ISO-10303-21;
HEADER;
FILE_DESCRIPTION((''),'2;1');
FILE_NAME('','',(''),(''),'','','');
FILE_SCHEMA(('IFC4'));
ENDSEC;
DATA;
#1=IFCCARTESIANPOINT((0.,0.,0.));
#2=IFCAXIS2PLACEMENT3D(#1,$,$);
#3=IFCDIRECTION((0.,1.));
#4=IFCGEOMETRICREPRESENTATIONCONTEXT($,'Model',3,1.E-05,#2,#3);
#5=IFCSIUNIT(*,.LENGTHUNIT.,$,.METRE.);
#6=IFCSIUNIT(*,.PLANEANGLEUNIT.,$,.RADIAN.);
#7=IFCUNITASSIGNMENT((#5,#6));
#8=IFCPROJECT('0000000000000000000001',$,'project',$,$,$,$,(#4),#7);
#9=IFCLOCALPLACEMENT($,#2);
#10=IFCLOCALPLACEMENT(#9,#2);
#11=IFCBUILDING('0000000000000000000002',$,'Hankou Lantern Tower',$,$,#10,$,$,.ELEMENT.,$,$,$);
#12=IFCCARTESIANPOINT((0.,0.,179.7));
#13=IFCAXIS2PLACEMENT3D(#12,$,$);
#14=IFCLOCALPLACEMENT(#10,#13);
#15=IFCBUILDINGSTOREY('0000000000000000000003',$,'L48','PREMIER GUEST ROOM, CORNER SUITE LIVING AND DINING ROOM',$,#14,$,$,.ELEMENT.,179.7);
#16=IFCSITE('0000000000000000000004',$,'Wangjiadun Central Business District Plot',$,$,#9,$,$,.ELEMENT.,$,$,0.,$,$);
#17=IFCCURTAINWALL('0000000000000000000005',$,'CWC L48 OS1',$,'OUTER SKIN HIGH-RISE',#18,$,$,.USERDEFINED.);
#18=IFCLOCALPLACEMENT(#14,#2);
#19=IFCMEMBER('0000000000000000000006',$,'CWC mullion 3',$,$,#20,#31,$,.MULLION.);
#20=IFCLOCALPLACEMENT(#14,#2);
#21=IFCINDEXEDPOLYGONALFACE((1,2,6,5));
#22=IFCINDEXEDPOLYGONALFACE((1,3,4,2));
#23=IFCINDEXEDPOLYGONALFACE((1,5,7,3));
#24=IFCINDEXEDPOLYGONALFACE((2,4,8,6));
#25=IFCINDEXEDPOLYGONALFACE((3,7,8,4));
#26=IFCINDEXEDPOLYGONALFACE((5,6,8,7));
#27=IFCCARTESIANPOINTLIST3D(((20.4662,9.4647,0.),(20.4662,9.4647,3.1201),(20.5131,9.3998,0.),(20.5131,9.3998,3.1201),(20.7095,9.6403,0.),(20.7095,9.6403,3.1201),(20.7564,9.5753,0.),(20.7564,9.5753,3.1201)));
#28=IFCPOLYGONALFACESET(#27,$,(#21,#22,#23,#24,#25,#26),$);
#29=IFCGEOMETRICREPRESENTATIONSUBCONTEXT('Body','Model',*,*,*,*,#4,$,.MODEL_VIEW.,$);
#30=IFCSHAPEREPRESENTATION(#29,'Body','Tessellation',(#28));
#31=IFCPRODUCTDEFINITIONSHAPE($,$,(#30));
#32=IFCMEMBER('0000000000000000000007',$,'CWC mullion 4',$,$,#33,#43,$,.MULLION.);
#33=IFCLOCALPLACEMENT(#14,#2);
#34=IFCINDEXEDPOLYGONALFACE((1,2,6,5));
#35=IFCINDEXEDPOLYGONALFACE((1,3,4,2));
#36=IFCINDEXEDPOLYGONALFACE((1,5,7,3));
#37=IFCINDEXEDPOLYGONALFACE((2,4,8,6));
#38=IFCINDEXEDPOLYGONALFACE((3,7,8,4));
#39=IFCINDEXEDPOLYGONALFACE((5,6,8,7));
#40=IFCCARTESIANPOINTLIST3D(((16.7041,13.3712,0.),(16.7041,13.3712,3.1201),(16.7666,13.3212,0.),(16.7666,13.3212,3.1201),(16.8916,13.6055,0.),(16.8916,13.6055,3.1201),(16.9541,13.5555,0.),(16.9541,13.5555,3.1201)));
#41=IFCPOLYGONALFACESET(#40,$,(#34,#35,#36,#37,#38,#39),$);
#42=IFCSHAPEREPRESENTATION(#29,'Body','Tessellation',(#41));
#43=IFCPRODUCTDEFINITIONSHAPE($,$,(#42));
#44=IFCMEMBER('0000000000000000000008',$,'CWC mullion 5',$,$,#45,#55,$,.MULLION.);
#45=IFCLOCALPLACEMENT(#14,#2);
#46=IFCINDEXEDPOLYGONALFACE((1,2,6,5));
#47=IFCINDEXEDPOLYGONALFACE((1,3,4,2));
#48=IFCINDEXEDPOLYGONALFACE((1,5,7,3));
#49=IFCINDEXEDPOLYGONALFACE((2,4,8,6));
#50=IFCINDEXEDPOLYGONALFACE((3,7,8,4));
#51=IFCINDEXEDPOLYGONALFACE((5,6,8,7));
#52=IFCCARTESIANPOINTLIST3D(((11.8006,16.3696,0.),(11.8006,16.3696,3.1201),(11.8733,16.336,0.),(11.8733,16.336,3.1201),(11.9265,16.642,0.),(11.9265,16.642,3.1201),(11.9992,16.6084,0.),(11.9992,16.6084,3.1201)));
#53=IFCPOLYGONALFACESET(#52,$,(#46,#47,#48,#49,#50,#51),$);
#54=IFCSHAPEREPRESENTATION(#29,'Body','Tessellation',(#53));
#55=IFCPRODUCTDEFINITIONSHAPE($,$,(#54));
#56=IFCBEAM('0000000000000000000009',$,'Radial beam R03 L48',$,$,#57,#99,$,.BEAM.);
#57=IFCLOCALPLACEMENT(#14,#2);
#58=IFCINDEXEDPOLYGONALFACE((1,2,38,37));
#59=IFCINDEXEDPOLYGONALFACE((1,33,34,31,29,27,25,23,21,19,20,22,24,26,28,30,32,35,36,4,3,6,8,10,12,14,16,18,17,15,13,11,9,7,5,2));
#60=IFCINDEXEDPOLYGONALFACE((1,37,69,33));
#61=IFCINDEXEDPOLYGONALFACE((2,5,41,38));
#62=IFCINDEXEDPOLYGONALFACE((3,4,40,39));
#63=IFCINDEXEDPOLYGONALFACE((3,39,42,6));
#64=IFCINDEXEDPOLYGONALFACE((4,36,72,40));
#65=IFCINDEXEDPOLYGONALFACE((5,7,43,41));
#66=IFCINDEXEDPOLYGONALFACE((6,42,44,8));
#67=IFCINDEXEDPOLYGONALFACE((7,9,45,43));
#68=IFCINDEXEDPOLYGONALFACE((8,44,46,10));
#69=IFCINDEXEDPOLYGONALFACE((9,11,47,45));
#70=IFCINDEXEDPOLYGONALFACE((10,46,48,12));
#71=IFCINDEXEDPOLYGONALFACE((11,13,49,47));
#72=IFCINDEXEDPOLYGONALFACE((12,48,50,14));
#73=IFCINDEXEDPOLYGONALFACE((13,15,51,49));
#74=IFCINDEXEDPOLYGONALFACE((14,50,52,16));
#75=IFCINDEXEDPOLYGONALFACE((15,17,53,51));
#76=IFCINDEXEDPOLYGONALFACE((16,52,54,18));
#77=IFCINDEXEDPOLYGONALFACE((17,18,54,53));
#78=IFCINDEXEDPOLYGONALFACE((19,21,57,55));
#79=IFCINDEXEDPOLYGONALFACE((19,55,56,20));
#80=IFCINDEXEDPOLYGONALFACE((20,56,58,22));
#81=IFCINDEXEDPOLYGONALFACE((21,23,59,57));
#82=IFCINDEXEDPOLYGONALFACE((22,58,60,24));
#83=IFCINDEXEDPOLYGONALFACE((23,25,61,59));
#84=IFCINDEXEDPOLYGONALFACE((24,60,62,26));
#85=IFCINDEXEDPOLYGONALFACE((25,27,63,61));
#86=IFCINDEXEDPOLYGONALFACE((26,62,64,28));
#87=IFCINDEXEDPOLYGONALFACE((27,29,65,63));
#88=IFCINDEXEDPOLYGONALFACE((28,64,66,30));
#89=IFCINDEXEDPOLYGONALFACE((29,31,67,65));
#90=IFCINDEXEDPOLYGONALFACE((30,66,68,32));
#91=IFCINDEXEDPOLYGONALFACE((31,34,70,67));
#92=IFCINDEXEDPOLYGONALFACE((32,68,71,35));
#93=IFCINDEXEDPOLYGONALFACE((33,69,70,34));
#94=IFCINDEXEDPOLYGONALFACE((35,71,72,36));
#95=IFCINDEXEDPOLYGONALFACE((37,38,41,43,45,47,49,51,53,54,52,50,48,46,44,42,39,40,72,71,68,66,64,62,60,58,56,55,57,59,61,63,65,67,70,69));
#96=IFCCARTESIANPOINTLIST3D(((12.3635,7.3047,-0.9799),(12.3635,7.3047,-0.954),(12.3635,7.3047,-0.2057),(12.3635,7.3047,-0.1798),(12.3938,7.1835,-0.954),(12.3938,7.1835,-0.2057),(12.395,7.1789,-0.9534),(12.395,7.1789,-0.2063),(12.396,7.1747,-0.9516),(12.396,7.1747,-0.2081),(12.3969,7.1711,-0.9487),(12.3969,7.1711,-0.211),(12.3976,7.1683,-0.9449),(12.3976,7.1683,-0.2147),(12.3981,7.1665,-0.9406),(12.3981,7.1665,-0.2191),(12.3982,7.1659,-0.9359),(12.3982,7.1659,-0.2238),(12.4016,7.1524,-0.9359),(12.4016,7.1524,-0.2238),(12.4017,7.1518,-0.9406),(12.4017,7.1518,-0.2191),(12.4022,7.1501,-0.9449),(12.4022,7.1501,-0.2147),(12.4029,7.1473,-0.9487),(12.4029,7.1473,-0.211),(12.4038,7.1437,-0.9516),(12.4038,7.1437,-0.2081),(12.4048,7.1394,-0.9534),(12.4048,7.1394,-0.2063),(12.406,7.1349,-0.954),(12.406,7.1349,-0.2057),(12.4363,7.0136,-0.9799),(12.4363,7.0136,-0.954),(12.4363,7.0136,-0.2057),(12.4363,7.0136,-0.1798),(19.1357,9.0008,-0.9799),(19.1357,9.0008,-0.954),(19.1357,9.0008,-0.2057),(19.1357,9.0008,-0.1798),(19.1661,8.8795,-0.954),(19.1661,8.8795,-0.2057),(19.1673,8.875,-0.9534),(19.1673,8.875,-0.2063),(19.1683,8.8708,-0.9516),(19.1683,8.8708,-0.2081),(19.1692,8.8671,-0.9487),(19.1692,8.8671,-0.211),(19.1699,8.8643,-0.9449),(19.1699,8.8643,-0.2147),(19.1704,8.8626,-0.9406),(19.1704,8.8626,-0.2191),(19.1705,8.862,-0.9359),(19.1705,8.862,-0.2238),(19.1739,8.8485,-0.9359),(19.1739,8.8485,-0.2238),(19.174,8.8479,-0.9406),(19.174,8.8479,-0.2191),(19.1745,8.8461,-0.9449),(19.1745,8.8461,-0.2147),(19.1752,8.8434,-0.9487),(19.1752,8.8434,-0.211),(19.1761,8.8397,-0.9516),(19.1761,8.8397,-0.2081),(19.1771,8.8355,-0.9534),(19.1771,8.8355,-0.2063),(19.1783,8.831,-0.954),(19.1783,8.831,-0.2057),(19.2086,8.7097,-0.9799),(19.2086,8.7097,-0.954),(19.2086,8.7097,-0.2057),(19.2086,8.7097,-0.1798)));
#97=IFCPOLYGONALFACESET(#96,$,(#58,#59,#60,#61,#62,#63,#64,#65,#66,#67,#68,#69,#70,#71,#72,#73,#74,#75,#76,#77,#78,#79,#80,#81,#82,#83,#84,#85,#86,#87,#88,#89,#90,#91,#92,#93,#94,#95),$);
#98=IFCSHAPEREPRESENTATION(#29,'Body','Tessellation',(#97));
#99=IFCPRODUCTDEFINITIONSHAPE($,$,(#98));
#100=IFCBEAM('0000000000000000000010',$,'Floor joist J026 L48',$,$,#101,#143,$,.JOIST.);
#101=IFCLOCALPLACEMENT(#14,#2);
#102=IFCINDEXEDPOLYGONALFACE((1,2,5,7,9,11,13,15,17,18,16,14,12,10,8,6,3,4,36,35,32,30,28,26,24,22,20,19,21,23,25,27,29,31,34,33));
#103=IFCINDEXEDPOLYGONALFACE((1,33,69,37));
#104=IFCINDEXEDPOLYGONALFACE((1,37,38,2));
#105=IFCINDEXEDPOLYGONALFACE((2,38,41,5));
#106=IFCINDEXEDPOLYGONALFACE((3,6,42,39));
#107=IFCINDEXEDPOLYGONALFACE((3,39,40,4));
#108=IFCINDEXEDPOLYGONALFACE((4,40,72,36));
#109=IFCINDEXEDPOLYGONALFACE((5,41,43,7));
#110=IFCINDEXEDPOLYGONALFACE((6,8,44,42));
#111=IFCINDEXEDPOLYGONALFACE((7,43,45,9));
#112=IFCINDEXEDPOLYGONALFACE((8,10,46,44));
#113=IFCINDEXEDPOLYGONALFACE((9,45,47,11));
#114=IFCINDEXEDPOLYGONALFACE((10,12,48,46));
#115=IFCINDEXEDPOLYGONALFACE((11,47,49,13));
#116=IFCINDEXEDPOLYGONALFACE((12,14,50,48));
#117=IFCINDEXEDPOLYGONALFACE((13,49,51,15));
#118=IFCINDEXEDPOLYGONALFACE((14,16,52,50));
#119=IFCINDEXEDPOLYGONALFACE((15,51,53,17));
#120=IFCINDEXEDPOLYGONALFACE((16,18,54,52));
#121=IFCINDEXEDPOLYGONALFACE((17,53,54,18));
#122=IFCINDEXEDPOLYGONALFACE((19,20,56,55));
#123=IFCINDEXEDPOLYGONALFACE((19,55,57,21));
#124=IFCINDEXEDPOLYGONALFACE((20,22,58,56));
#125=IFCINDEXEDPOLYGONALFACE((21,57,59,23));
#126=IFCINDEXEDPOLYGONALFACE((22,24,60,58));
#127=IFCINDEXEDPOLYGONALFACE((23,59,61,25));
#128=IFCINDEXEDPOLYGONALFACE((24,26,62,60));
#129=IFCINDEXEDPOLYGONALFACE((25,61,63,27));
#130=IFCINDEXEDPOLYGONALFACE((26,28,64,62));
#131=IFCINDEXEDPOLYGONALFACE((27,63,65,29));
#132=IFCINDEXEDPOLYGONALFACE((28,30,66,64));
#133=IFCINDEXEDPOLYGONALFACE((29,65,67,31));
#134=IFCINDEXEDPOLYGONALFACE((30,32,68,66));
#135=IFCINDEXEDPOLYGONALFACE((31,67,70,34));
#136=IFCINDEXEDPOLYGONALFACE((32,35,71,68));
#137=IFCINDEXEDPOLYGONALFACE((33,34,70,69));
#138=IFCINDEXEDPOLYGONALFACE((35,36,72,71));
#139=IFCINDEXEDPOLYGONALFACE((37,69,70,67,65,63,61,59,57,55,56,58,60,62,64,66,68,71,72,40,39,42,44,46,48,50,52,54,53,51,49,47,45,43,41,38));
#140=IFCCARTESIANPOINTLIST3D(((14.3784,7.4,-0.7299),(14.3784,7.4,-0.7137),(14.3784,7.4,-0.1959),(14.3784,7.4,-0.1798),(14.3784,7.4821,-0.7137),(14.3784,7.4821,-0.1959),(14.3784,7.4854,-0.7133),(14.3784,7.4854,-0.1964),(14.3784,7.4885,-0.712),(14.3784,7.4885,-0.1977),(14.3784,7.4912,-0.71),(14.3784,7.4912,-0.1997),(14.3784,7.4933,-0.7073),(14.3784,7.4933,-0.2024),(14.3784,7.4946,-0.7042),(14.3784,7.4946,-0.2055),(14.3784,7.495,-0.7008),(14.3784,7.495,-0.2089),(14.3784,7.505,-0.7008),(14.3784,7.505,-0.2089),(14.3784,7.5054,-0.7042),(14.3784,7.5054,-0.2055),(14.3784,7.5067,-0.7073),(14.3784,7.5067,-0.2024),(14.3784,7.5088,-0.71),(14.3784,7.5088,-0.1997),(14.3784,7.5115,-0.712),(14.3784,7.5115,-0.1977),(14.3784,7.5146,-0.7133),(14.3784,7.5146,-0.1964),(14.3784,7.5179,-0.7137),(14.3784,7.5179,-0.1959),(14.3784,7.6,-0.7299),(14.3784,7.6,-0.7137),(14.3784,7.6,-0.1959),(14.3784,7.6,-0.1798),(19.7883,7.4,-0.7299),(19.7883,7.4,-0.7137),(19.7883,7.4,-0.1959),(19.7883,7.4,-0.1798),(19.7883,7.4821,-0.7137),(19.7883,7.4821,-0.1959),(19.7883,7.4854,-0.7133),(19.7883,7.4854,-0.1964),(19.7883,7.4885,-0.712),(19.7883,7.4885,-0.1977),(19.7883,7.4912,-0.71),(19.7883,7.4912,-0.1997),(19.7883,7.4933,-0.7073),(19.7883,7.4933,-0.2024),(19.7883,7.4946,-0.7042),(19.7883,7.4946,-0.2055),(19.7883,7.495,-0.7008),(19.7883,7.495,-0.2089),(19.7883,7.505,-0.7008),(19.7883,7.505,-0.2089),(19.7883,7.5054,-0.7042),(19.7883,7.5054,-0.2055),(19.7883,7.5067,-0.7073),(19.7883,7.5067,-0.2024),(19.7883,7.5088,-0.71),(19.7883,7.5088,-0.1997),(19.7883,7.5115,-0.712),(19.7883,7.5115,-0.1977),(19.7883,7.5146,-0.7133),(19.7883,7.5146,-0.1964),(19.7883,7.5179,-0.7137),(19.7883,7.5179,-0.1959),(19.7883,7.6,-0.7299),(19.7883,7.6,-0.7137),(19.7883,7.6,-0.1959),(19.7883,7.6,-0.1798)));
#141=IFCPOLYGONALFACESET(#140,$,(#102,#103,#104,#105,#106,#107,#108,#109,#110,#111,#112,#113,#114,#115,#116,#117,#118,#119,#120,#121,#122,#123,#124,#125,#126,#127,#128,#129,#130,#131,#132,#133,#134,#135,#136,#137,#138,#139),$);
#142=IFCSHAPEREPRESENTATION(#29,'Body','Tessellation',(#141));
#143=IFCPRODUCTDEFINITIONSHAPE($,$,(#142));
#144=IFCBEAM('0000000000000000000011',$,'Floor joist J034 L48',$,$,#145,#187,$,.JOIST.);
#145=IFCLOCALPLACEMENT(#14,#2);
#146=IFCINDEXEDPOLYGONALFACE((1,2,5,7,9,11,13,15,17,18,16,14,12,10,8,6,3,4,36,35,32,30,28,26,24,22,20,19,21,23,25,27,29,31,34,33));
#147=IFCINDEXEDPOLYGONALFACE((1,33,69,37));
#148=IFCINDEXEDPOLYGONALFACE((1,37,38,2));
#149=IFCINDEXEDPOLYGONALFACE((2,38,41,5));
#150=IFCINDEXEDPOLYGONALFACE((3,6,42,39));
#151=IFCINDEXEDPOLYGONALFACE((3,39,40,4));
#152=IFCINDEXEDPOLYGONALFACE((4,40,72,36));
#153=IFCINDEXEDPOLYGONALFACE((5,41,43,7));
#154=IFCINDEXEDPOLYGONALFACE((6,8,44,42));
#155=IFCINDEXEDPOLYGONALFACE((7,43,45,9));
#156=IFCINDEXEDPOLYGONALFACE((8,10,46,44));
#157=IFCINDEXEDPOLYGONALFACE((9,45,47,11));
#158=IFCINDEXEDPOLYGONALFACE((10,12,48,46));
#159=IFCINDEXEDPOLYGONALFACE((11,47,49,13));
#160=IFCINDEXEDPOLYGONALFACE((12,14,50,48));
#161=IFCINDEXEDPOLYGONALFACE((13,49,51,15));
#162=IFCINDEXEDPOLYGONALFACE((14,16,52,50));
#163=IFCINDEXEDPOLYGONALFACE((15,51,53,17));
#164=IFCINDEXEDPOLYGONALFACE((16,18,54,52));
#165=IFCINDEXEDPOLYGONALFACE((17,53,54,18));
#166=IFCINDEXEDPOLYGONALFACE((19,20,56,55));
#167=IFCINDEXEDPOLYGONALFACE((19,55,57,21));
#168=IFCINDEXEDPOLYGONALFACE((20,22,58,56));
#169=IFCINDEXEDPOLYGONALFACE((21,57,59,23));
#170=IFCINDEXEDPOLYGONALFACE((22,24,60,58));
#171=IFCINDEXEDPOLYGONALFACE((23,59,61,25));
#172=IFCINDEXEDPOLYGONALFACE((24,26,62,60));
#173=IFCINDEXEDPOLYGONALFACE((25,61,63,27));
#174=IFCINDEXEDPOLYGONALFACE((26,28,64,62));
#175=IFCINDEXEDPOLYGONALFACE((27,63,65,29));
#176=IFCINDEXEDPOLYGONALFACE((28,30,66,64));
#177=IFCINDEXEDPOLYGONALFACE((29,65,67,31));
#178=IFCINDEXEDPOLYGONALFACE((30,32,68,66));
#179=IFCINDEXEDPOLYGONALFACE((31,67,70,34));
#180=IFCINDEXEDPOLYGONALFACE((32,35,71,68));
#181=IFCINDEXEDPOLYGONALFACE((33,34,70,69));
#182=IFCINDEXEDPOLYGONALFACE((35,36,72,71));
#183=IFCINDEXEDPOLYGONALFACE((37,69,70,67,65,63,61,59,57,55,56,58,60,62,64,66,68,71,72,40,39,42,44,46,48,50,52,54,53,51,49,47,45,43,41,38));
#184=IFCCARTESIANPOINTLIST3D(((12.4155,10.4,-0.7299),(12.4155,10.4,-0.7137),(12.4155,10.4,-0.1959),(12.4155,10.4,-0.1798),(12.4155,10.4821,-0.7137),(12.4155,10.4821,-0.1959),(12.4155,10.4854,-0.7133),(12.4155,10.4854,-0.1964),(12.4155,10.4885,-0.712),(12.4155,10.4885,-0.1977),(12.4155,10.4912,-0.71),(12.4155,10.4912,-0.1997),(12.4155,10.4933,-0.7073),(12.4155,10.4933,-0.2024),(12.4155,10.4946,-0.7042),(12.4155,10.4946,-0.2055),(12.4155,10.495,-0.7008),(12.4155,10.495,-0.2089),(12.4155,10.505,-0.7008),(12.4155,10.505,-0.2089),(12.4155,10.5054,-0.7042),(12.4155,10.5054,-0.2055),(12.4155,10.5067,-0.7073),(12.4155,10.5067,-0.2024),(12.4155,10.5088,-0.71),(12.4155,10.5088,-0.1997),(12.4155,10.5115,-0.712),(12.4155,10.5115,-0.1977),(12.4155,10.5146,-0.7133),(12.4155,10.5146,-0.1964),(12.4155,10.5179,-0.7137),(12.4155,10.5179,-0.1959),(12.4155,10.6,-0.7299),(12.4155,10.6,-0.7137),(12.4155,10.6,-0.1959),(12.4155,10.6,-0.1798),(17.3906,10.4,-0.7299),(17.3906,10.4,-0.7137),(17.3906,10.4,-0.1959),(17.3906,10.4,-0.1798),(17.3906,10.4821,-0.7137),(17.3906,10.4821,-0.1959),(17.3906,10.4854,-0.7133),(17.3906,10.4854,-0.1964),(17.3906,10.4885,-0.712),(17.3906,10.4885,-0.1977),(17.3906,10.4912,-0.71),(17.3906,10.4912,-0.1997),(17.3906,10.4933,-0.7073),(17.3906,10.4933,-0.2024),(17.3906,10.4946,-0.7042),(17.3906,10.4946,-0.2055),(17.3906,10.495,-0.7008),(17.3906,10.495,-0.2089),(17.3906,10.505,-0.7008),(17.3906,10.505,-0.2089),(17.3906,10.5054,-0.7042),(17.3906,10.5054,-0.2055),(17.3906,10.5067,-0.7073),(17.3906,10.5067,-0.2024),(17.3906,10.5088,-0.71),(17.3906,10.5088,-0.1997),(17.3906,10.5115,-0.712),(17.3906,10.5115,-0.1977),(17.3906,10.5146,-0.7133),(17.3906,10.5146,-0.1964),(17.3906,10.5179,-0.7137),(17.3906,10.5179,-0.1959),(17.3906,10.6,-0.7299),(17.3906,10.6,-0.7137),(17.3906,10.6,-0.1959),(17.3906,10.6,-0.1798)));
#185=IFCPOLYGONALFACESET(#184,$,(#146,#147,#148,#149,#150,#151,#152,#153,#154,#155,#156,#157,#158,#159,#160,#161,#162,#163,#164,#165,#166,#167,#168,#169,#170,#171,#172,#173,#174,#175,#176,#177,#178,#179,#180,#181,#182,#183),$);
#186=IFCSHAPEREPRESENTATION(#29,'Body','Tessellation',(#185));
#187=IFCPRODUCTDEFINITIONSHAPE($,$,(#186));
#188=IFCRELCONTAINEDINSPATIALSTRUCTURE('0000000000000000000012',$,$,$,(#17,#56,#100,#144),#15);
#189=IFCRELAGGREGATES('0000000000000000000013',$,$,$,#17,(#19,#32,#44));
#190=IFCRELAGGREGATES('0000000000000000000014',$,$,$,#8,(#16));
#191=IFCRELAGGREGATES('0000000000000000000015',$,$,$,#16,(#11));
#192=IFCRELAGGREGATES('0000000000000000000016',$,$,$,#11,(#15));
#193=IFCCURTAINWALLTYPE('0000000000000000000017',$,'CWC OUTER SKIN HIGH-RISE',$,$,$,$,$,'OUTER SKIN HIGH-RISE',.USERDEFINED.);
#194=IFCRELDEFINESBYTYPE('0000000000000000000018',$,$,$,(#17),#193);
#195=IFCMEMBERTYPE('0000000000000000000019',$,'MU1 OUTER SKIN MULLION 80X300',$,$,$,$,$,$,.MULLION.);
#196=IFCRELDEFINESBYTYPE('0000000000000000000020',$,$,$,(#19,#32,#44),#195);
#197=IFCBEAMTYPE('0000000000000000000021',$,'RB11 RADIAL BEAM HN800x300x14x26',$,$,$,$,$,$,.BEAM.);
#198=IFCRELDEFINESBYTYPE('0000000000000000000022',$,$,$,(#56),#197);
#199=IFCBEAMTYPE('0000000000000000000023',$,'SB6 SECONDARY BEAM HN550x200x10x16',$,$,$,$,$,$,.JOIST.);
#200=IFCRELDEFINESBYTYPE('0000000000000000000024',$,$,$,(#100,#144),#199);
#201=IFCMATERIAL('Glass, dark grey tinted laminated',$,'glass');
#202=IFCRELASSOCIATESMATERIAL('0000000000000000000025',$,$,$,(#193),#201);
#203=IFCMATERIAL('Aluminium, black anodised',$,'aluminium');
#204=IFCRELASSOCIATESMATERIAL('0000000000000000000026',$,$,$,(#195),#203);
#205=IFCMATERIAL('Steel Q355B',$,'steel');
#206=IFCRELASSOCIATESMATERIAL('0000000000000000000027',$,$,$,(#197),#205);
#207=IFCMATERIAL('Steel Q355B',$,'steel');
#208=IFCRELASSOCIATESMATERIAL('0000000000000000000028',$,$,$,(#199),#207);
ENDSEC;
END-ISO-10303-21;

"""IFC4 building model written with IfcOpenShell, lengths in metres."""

from ifc_helpers import new_model, si_unit, direction, frame, origin, origin_2d, place, context, subcontext, project, spatial, rectangle, i_section, extrude, material, material_profile, profile_set, type_object, element, aggregate, save


model = new_model("IFC4")

# Units and contexts
model_context = context("Model", 3, precision=1e-05, world=origin(), true_north=direction((0.0, 1.0)))
body_context = subcontext(model_context, "Body", "Model", "MODEL_VIEW")
ifc_project = project(units=[si_unit("LENGTHUNIT", "METRE"), si_unit("PLANEANGLEUNIT", "RADIAN")], contexts=[model_context])

# Site, building, storey
site_placement = place(None, origin())
site = spatial("IfcSite", under=ifc_project, at=site_placement, Name="Wangjiadun Central Business District Plot", CompositionType="ELEMENT", RefElevation=0.0)
building_placement = place(site_placement, origin())
building = spatial("IfcBuilding", under=site, at=building_placement, Name="Hankou Lantern Tower", CompositionType="ELEMENT")
storey_placement = place(building_placement, frame((0.0, 0.0, 179.7)))
storey = spatial("IfcBuildingStorey", under=building, at=storey_placement, Name="L48", Description="PREMIER GUEST ROOM, CORNER SUITE LIVING AND DINING ROOM", CompositionType="ELEMENT", Elevation=179.7)

# Curtain wall, members
ifc_material_1 = material(Name="Glass, dark grey tinted laminated", Category="glass")
curtain_wall_type = type_object("IfcCurtainWallType", Name="CWC OUTER SKIN HIGH-RISE", ElementType="OUTER SKIN HIGH-RISE", PredefinedType="USERDEFINED", material=ifc_material_1)
curtain_wall_placement = place(storey_placement, origin())
curtain_wall = element("IfcCurtainWall", 1, at=curtain_wall_placement, inside=storey, type_object=curtain_wall_type, Name="CWC L48 OS1", ObjectType="OUTER SKIN HIGH-RISE", PredefinedType="USERDEFINED")
ifc_material_2 = material(Name="Aluminium, black anodised", Category="aluminium")
ifc_material_profile_1 = material_profile(ifc_material_2, rectangle(XDim=0.0801, YDim=0.3, at=origin_2d()), Name="MU1 80X300")
ifc_profile_set_1 = profile_set([ifc_material_profile_1], Name="Aluminium, black anodised")
member_type_1 = type_object("IfcMemberType", Name="MU1 OUTER SKIN MULLION 80X300", PredefinedType="MULLION", material=ifc_profile_set_1)
member_1_placement = place(storey_placement, frame((20.6113, 9.52, 0.0), z_axis=(0.0, 0.0, 1.0), x_axis=(-0.585206, 0.810885, 0.0)))
member_1 = element("IfcMember", 2, at=member_1_placement, type_object=member_type_1, Name="CWC mullion 3", PredefinedType="MULLION", context=body_context, shape_type="SweptSolid", body=[
    extrude(rectangle(XDim=0.0801, YDim=0.3, at=origin_2d()), origin(), (0.0, 0.0, 1.0), 3.1201),
])
member_2_placement = place(storey_placement, frame((16.8291, 13.4634, 0.0), z_axis=(0.0, 0.0, 1.0), x_axis=(-0.780869, 0.624695, 0.0)))
member_2 = element("IfcMember", 3, at=member_2_placement, type_object=member_type_1, Name="CWC mullion 4", PredefinedType="MULLION", context=body_context, shape_type="SweptSolid", body=[
    extrude(rectangle(XDim=0.0801, YDim=0.3, at=origin_2d()), origin(), (0.0, 0.0, 1.0), 3.1201),
])
member_3_placement = place(storey_placement, frame((11.8999, 16.489, 0.0), z_axis=(0.0, 0.0, 1.0), x_axis=(-0.907841, 0.419314, 0.0)))
member_3 = element("IfcMember", 4, at=member_3_placement, type_object=member_type_1, Name="CWC mullion 5", PredefinedType="MULLION", context=body_context, shape_type="SweptSolid", body=[
    extrude(rectangle(XDim=0.0801, YDim=0.3, at=origin_2d()), origin(), (0.0, 0.0, 1.0), 3.1201),
])

# Beams
ifc_material_3 = material(Name="Steel Q355B", Category="steel")
ifc_material_profile_2 = material_profile(ifc_material_3, i_section(OverallWidth=0.3, OverallDepth=0.8, WebThickness=0.0139, FlangeThickness=0.0259, FilletRadius=0.0181, at=origin_2d()), Name="HN800x300x14x26")
ifc_profile_set_2 = profile_set([ifc_material_profile_2], Name="Steel Q355B")
beam_type_1 = type_object("IfcBeamType", Name="RB11 RADIAL BEAM HN800x300x14x26", PredefinedType="BEAM", material=ifc_profile_set_2)
beam_1_placement = place(storey_placement, frame((12.3999, 7.1592, -0.5798), z_axis=(0.970042, 0.242939, 0.0), x_axis=(-0.242939, 0.970042, 0.0)))
element("IfcBeam", 5, at=beam_1_placement, inside=storey, type_object=beam_type_1, Name="Radial beam R03 L48", PredefinedType="BEAM", context=body_context, shape_type="SweptSolid", body=[
    extrude(i_section(OverallWidth=0.3, OverallDepth=0.8, WebThickness=0.0139, FlangeThickness=0.0259, FilletRadius=0.0181, at=origin_2d()), origin(), (0.0, 0.0, 1.0), 6.9814),
])
ifc_material_4 = material(Name="Steel Q355B", Category="steel")
ifc_material_profile_3 = material_profile(ifc_material_4, i_section(OverallWidth=0.2, OverallDepth=0.55, WebThickness=0.01, FlangeThickness=0.0161, FilletRadius=0.0129, at=origin_2d()), Name="HN550x200x10x16")
ifc_profile_set_3 = profile_set([ifc_material_profile_3], Name="Steel Q355B")
beam_type_2 = type_object("IfcBeamType", Name="SB6 SECONDARY BEAM HN550x200x10x16", PredefinedType="JOIST", material=ifc_profile_set_3)
beam_2_placement = place(storey_placement, frame((14.3784, 7.5, -0.4548), z_axis=(1.0, 0.0, 0.0), x_axis=(0.0, 1.0, 0.0)))
element("IfcBeam", 6, at=beam_2_placement, inside=storey, type_object=beam_type_2, Name="Floor joist J026 L48", PredefinedType="JOIST", context=body_context, shape_type="SweptSolid", body=[
    extrude(i_section(OverallWidth=0.2, OverallDepth=0.55, WebThickness=0.01, FlangeThickness=0.0161, FilletRadius=0.0129, at=origin_2d()), origin(), (0.0, 0.0, 1.0), 5.4099),
])
beam_3_placement = place(storey_placement, frame((12.4155, 10.5, -0.4548), z_axis=(1.0, 0.0, 0.0), x_axis=(0.0, 1.0, 0.0)))
element("IfcBeam", 7, at=beam_3_placement, inside=storey, type_object=beam_type_2, Name="Floor joist J034 L48", PredefinedType="JOIST", context=body_context, shape_type="SweptSolid", body=[
    extrude(i_section(OverallWidth=0.2, OverallDepth=0.55, WebThickness=0.01, FlangeThickness=0.0161, FilletRadius=0.0129, at=origin_2d()), origin(), (0.0, 0.0, 1.0), 4.9751),
])

aggregate(curtain_wall, [member_1, member_2, member_3])

save(model, "model.ifc")
